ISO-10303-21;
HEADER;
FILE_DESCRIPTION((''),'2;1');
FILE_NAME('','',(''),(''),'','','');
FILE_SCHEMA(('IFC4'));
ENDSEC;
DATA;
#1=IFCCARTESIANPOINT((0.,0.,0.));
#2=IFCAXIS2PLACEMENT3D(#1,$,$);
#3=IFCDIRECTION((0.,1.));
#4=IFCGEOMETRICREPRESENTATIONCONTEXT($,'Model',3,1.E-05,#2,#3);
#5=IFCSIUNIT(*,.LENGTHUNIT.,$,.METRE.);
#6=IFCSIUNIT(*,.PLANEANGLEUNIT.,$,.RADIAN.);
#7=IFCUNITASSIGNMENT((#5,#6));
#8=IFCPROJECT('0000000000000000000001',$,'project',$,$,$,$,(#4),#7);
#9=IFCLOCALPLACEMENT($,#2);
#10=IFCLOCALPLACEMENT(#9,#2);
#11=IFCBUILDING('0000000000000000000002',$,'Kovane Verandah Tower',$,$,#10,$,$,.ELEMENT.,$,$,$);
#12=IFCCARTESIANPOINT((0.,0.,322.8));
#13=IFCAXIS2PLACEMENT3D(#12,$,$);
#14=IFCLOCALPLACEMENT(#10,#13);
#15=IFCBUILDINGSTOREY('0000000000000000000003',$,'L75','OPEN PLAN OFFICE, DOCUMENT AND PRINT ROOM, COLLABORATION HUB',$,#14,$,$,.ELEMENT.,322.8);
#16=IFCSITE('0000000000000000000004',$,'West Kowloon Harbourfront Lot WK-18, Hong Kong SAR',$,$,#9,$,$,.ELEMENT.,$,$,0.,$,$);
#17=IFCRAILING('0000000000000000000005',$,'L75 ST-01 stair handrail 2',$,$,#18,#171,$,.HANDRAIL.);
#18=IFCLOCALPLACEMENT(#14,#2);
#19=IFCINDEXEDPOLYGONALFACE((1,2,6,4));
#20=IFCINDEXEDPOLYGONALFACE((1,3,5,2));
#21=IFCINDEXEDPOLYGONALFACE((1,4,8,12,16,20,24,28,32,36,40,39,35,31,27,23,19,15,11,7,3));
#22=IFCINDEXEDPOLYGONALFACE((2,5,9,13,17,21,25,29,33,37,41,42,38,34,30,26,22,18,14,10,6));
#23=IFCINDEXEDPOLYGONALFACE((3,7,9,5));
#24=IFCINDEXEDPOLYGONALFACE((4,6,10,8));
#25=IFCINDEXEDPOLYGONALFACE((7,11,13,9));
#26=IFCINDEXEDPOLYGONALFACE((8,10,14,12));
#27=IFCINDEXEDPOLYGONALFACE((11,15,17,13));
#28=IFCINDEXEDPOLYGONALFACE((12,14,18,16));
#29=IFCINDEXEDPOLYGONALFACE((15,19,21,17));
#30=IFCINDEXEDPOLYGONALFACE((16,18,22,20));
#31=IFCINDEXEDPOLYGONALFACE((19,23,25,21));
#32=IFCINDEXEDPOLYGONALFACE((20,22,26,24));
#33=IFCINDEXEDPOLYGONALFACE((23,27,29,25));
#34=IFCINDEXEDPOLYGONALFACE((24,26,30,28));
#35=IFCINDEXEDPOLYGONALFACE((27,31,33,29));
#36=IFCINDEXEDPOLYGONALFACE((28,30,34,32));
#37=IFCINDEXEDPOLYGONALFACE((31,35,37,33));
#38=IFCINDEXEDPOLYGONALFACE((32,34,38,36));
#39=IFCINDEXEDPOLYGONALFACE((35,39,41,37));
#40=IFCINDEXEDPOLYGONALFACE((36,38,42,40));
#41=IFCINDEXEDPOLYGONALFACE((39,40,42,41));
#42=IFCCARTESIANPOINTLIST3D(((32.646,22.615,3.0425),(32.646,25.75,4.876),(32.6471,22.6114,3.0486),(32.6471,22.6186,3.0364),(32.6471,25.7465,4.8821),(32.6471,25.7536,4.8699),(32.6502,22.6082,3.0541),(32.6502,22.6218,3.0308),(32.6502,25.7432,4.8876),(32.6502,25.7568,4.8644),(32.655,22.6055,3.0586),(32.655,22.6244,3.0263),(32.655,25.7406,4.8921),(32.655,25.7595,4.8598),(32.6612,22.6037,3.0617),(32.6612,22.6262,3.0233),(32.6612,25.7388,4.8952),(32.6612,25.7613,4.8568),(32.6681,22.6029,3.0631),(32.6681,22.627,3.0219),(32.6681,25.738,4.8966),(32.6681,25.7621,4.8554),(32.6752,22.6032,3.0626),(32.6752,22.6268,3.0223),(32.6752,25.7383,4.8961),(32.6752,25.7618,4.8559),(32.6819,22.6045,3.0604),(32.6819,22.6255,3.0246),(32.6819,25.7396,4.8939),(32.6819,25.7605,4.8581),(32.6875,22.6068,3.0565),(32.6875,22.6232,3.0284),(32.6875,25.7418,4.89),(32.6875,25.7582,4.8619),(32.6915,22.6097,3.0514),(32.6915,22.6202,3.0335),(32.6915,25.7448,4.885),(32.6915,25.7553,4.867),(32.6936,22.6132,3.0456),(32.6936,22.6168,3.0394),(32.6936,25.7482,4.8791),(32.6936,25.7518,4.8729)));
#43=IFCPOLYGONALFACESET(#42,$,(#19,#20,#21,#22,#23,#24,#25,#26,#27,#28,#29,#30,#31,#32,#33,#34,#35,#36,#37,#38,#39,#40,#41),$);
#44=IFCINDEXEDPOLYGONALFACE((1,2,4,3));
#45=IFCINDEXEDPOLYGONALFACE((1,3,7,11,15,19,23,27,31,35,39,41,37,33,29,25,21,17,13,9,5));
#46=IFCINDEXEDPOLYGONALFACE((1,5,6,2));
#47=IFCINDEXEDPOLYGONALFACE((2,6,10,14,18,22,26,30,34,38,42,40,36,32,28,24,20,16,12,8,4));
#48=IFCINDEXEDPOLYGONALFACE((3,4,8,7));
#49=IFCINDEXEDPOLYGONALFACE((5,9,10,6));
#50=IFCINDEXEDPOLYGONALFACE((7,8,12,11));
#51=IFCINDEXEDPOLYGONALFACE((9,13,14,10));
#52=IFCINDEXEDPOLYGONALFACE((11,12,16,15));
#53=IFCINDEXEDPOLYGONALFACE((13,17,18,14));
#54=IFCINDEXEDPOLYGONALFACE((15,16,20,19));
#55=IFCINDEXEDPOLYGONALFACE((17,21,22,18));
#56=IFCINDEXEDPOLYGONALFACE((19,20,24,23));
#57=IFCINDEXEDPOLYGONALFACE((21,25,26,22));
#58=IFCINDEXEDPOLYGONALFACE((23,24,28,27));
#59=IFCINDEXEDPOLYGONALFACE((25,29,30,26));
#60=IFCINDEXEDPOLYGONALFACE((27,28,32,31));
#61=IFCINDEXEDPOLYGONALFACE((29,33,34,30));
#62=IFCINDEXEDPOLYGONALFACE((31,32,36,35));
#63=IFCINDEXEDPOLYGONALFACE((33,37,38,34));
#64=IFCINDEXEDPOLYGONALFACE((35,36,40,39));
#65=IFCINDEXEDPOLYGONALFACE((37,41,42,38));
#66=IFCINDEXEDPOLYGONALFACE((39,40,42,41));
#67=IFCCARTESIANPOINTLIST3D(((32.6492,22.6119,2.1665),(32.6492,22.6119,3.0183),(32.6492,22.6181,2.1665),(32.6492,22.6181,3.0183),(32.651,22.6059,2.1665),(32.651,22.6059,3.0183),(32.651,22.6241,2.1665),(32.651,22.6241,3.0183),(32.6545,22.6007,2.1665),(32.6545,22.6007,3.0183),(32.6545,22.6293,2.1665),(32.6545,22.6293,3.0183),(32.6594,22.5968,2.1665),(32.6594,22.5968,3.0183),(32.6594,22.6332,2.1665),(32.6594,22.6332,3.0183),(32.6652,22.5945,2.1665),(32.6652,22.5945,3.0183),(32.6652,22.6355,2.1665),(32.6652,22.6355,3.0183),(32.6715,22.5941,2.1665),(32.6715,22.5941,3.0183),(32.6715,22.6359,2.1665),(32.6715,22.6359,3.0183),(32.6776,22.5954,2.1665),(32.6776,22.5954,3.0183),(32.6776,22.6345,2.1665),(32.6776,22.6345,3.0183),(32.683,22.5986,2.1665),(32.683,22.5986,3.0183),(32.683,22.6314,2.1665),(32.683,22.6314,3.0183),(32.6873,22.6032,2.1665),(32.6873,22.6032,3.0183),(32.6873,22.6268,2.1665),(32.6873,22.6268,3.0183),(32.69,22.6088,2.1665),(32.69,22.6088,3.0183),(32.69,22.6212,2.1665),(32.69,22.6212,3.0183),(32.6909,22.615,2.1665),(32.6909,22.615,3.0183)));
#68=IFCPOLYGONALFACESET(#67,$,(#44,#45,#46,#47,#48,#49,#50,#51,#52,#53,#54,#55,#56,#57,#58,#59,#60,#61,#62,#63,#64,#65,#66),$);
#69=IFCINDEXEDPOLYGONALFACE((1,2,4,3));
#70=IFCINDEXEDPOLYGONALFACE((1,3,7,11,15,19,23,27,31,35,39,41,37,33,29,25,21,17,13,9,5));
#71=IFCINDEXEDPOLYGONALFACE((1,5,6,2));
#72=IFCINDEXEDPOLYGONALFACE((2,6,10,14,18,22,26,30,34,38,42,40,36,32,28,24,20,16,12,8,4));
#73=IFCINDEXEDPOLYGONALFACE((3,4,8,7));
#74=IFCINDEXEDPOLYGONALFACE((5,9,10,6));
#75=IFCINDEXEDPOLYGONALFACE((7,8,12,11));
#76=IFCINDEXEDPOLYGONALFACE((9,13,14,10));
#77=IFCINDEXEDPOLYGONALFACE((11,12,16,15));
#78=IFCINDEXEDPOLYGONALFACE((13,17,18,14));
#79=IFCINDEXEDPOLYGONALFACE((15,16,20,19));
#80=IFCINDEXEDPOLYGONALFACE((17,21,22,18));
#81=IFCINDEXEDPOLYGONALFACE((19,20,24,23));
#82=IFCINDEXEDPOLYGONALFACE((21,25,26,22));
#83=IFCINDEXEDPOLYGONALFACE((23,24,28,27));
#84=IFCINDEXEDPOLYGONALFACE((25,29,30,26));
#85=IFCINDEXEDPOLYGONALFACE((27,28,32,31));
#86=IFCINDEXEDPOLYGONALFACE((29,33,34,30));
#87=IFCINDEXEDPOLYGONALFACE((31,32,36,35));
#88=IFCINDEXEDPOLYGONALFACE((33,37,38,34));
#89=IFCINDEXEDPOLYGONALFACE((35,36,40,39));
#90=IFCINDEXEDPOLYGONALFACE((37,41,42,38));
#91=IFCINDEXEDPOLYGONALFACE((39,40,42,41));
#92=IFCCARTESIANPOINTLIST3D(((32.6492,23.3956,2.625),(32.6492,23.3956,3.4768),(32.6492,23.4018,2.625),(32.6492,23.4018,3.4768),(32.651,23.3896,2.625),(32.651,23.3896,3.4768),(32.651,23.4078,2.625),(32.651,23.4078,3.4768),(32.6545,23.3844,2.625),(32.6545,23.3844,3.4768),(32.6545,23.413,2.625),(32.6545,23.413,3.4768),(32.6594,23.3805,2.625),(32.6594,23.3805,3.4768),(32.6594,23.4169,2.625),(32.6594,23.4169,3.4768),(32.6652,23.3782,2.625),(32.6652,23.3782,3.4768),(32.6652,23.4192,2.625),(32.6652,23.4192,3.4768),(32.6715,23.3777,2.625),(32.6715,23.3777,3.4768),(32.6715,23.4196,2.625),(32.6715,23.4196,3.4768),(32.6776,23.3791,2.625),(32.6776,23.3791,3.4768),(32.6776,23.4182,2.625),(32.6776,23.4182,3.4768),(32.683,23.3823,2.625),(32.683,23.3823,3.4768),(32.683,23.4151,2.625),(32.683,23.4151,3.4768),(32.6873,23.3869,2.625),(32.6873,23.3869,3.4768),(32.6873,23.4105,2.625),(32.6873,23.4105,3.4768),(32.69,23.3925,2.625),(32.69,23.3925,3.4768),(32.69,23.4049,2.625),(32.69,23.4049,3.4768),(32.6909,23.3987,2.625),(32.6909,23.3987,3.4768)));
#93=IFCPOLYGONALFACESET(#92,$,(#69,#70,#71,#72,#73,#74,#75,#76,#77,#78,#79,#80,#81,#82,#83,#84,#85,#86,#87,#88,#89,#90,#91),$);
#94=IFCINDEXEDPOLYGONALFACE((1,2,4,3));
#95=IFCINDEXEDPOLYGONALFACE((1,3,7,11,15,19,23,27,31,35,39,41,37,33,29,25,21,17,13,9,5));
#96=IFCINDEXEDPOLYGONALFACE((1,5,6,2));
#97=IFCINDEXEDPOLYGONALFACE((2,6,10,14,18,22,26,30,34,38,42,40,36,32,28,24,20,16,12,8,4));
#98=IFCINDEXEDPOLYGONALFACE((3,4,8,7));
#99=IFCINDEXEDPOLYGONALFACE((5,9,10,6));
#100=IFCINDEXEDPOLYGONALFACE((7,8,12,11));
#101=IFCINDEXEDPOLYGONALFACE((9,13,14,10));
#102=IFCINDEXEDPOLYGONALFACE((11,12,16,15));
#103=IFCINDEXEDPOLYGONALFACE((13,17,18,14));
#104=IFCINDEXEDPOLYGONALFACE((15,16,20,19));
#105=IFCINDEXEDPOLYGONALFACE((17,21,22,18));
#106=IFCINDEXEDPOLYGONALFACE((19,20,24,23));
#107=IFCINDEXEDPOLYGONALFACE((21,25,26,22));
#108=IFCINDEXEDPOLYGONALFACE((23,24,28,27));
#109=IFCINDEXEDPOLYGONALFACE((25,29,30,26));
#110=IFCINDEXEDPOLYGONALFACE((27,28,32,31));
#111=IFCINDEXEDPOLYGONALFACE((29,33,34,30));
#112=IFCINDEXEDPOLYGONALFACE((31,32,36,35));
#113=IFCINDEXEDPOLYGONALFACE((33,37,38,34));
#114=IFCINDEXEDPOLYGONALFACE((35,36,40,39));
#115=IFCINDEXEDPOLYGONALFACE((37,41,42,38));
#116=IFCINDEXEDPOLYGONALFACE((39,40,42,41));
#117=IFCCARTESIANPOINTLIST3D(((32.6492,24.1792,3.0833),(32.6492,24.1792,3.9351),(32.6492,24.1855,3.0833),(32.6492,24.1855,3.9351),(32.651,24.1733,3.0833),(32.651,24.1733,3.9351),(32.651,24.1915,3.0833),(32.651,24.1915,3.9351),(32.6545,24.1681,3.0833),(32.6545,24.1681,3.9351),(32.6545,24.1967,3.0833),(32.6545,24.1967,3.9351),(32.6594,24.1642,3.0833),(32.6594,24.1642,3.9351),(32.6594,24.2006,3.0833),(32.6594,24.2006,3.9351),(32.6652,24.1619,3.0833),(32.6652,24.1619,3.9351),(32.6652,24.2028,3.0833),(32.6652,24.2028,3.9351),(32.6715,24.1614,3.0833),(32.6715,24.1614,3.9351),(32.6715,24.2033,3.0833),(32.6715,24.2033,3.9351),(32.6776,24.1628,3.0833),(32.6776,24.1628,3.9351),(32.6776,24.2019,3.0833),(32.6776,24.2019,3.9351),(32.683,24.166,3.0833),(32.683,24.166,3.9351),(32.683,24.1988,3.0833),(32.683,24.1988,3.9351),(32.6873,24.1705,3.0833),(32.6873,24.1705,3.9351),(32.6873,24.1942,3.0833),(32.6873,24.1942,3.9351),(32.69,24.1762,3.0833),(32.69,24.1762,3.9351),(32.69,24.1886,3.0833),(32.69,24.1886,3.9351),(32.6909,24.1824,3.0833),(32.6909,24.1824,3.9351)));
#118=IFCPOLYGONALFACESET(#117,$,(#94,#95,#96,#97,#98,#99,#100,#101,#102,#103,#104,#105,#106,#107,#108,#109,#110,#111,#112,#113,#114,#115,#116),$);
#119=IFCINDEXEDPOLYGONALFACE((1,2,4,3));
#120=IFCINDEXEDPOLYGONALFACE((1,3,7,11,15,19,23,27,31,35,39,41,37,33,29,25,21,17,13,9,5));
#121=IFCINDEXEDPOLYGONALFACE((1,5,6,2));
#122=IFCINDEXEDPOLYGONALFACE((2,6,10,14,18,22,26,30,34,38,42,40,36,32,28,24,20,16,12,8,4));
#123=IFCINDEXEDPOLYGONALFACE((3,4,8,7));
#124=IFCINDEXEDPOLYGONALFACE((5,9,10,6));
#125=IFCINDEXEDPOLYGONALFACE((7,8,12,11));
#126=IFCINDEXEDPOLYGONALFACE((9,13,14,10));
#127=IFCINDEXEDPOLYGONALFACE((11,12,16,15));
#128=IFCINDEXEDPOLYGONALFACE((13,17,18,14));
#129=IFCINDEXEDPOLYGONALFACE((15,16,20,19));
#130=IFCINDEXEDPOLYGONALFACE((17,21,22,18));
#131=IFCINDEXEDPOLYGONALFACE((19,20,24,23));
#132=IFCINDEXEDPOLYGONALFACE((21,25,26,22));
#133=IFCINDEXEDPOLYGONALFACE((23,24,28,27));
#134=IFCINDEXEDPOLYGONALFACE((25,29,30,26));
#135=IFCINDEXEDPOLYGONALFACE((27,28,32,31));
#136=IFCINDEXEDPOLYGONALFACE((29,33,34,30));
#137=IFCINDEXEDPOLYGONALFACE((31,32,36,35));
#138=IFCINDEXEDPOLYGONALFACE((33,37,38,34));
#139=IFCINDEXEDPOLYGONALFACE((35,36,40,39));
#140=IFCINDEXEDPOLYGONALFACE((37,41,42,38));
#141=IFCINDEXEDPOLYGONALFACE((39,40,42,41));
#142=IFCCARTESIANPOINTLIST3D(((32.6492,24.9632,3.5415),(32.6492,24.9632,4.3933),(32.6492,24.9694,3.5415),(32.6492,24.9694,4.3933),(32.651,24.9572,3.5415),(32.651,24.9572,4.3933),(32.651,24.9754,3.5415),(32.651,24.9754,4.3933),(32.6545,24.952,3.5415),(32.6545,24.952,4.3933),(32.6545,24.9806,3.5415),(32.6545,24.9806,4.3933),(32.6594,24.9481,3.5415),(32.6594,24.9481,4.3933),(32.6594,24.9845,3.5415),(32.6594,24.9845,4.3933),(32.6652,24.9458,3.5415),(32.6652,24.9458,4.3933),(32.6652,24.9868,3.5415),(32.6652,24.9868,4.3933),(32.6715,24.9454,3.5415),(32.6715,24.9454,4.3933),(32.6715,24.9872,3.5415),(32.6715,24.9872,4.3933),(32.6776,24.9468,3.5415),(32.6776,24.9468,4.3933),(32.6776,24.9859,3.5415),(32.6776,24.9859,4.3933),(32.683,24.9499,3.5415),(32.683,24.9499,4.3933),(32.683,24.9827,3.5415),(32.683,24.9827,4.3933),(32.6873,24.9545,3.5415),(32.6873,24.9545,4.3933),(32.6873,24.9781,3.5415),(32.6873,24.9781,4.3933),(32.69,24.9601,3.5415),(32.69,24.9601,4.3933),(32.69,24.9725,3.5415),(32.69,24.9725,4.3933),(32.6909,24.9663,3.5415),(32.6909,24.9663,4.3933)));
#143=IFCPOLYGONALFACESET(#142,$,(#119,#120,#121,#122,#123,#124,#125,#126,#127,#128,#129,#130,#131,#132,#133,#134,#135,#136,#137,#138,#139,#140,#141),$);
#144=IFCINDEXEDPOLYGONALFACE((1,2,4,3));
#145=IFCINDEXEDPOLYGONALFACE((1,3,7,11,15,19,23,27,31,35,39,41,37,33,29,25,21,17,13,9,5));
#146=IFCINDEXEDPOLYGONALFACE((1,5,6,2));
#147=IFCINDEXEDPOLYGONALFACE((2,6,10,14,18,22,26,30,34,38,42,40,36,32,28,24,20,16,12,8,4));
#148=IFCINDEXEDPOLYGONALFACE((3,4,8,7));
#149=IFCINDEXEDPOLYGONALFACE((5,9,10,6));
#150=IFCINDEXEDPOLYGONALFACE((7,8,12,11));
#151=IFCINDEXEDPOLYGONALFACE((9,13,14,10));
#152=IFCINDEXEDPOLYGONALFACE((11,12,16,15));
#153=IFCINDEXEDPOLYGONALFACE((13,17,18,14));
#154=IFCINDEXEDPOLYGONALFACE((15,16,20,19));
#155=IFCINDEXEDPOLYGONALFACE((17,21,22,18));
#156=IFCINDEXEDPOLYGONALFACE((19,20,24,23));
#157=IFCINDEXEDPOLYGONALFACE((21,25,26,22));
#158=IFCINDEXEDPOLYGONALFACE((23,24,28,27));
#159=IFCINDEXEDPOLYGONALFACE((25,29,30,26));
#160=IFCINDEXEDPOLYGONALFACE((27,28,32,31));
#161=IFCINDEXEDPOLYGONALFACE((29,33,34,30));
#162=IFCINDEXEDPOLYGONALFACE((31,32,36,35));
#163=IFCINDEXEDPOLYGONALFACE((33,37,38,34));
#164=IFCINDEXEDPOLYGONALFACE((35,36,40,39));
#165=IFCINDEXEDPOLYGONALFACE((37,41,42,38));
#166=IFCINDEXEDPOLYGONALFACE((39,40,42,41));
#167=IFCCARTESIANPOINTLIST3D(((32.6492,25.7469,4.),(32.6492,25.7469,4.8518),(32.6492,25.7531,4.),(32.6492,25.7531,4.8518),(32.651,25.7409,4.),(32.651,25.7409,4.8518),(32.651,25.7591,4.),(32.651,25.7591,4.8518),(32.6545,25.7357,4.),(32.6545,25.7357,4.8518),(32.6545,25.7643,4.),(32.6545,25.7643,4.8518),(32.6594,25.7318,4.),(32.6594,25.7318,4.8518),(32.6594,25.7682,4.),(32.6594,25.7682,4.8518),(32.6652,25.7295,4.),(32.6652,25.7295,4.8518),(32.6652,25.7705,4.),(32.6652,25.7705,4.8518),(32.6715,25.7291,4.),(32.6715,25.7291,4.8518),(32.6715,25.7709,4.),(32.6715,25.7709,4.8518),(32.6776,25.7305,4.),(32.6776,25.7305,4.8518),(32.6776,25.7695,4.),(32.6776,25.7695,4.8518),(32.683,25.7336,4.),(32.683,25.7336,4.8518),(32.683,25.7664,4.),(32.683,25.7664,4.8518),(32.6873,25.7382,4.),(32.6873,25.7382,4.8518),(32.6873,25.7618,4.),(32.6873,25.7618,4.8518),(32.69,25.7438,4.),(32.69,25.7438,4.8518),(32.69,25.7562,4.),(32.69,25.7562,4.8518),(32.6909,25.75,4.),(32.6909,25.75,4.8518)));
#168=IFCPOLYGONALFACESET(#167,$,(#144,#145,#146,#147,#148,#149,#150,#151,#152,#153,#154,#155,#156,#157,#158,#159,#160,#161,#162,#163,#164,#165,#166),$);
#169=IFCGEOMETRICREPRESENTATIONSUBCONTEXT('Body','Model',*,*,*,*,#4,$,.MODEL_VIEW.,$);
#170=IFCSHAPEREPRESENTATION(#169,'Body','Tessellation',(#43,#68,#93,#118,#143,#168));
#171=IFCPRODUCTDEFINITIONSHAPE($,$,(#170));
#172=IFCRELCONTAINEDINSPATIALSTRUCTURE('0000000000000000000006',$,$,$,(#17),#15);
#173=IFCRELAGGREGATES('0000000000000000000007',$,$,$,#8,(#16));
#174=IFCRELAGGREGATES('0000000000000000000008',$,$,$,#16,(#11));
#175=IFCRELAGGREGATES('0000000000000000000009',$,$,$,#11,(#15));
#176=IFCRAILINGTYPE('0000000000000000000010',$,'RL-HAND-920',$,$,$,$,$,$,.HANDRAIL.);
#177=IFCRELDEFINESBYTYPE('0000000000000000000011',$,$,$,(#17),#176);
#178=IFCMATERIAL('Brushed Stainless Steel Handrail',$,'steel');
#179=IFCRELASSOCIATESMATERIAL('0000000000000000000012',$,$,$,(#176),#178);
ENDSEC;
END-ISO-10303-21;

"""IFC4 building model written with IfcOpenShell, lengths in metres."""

from ifc_helpers import new_model, si_unit, direction, frame, origin, origin_2d, place, context, subcontext, project, spatial, circle, extrude, material, type_object, element, save


model = new_model("IFC4")

# Units and contexts
model_context = context("Model", 3, precision=1e-05, world=origin(), true_north=direction((0.0, 1.0)))
body_context = subcontext(model_context, "Body", "Model", "MODEL_VIEW")
ifc_project = project(units=[si_unit("LENGTHUNIT", "METRE"), si_unit("PLANEANGLEUNIT", "RADIAN")], contexts=[model_context])

# Site, building, storey
site_placement = place(None, origin())
site = spatial("IfcSite", under=ifc_project, at=site_placement, Name="West Kowloon Harbourfront Lot WK-18, Hong Kong SAR", CompositionType="ELEMENT", RefElevation=0.0)
building_placement = place(site_placement, origin())
building = spatial("IfcBuilding", under=site, at=building_placement, Name="Kovane Verandah Tower", CompositionType="ELEMENT")
storey_placement = place(building_placement, frame((0.0, 0.0, 322.8)))
storey = spatial("IfcBuildingStorey", under=building, at=storey_placement, Name="L75", Description="OPEN PLAN OFFICE, DOCUMENT AND PRINT ROOM, COLLABORATION HUB", CompositionType="ELEMENT", Elevation=322.8)

# Railing
ifc_material_1 = material(Name="Brushed Stainless Steel Handrail", Category="steel")
railing_type_1 = type_object("IfcRailingType", Name="RL-HAND-920", PredefinedType="HANDRAIL", material=ifc_material_1)
railing_1_placement = place(storey_placement, frame((32.6699, 22.615, 2.1665)))
element("IfcRailing", 1, at=railing_1_placement, inside=storey, type_object=railing_type_1, Name="L75 ST-01 stair handrail 2", PredefinedType="HANDRAIL", context=body_context, shape_type="SweptSolid", body=[
    extrude(circle(Radius=0.0239, at=origin_2d()), frame((0.0, 0.0, 0.876), z_axis=(0.0, 0.86321, 0.504845), x_axis=(-1.0, 0.0, 0.0)), (0.0, 0.0, 1.0), 3.6318),
    extrude(circle(Radius=0.021, at=origin_2d()), origin(), (0.0, 0.0, 1.0), 0.8518),
    extrude(circle(Radius=0.021, at=origin_2d()), frame((0.0, 0.7837, 0.4585)), (0.0, 0.0, 1.0), 0.8518),
    extrude(circle(Radius=0.021, at=origin_2d()), frame((0.0, 1.5674, 0.9167)), (0.0, 0.0, 1.0), 0.8518),
    extrude(circle(Radius=0.021, at=origin_2d()), frame((0.0, 2.3513, 1.375)), (0.0, 0.0, 1.0), 0.8518),
    extrude(circle(Radius=0.021, at=origin_2d()), frame((0.0, 3.135, 1.8335)), (0.0, 0.0, 1.0), 0.8518),
])

save(model, "model.ifc")
